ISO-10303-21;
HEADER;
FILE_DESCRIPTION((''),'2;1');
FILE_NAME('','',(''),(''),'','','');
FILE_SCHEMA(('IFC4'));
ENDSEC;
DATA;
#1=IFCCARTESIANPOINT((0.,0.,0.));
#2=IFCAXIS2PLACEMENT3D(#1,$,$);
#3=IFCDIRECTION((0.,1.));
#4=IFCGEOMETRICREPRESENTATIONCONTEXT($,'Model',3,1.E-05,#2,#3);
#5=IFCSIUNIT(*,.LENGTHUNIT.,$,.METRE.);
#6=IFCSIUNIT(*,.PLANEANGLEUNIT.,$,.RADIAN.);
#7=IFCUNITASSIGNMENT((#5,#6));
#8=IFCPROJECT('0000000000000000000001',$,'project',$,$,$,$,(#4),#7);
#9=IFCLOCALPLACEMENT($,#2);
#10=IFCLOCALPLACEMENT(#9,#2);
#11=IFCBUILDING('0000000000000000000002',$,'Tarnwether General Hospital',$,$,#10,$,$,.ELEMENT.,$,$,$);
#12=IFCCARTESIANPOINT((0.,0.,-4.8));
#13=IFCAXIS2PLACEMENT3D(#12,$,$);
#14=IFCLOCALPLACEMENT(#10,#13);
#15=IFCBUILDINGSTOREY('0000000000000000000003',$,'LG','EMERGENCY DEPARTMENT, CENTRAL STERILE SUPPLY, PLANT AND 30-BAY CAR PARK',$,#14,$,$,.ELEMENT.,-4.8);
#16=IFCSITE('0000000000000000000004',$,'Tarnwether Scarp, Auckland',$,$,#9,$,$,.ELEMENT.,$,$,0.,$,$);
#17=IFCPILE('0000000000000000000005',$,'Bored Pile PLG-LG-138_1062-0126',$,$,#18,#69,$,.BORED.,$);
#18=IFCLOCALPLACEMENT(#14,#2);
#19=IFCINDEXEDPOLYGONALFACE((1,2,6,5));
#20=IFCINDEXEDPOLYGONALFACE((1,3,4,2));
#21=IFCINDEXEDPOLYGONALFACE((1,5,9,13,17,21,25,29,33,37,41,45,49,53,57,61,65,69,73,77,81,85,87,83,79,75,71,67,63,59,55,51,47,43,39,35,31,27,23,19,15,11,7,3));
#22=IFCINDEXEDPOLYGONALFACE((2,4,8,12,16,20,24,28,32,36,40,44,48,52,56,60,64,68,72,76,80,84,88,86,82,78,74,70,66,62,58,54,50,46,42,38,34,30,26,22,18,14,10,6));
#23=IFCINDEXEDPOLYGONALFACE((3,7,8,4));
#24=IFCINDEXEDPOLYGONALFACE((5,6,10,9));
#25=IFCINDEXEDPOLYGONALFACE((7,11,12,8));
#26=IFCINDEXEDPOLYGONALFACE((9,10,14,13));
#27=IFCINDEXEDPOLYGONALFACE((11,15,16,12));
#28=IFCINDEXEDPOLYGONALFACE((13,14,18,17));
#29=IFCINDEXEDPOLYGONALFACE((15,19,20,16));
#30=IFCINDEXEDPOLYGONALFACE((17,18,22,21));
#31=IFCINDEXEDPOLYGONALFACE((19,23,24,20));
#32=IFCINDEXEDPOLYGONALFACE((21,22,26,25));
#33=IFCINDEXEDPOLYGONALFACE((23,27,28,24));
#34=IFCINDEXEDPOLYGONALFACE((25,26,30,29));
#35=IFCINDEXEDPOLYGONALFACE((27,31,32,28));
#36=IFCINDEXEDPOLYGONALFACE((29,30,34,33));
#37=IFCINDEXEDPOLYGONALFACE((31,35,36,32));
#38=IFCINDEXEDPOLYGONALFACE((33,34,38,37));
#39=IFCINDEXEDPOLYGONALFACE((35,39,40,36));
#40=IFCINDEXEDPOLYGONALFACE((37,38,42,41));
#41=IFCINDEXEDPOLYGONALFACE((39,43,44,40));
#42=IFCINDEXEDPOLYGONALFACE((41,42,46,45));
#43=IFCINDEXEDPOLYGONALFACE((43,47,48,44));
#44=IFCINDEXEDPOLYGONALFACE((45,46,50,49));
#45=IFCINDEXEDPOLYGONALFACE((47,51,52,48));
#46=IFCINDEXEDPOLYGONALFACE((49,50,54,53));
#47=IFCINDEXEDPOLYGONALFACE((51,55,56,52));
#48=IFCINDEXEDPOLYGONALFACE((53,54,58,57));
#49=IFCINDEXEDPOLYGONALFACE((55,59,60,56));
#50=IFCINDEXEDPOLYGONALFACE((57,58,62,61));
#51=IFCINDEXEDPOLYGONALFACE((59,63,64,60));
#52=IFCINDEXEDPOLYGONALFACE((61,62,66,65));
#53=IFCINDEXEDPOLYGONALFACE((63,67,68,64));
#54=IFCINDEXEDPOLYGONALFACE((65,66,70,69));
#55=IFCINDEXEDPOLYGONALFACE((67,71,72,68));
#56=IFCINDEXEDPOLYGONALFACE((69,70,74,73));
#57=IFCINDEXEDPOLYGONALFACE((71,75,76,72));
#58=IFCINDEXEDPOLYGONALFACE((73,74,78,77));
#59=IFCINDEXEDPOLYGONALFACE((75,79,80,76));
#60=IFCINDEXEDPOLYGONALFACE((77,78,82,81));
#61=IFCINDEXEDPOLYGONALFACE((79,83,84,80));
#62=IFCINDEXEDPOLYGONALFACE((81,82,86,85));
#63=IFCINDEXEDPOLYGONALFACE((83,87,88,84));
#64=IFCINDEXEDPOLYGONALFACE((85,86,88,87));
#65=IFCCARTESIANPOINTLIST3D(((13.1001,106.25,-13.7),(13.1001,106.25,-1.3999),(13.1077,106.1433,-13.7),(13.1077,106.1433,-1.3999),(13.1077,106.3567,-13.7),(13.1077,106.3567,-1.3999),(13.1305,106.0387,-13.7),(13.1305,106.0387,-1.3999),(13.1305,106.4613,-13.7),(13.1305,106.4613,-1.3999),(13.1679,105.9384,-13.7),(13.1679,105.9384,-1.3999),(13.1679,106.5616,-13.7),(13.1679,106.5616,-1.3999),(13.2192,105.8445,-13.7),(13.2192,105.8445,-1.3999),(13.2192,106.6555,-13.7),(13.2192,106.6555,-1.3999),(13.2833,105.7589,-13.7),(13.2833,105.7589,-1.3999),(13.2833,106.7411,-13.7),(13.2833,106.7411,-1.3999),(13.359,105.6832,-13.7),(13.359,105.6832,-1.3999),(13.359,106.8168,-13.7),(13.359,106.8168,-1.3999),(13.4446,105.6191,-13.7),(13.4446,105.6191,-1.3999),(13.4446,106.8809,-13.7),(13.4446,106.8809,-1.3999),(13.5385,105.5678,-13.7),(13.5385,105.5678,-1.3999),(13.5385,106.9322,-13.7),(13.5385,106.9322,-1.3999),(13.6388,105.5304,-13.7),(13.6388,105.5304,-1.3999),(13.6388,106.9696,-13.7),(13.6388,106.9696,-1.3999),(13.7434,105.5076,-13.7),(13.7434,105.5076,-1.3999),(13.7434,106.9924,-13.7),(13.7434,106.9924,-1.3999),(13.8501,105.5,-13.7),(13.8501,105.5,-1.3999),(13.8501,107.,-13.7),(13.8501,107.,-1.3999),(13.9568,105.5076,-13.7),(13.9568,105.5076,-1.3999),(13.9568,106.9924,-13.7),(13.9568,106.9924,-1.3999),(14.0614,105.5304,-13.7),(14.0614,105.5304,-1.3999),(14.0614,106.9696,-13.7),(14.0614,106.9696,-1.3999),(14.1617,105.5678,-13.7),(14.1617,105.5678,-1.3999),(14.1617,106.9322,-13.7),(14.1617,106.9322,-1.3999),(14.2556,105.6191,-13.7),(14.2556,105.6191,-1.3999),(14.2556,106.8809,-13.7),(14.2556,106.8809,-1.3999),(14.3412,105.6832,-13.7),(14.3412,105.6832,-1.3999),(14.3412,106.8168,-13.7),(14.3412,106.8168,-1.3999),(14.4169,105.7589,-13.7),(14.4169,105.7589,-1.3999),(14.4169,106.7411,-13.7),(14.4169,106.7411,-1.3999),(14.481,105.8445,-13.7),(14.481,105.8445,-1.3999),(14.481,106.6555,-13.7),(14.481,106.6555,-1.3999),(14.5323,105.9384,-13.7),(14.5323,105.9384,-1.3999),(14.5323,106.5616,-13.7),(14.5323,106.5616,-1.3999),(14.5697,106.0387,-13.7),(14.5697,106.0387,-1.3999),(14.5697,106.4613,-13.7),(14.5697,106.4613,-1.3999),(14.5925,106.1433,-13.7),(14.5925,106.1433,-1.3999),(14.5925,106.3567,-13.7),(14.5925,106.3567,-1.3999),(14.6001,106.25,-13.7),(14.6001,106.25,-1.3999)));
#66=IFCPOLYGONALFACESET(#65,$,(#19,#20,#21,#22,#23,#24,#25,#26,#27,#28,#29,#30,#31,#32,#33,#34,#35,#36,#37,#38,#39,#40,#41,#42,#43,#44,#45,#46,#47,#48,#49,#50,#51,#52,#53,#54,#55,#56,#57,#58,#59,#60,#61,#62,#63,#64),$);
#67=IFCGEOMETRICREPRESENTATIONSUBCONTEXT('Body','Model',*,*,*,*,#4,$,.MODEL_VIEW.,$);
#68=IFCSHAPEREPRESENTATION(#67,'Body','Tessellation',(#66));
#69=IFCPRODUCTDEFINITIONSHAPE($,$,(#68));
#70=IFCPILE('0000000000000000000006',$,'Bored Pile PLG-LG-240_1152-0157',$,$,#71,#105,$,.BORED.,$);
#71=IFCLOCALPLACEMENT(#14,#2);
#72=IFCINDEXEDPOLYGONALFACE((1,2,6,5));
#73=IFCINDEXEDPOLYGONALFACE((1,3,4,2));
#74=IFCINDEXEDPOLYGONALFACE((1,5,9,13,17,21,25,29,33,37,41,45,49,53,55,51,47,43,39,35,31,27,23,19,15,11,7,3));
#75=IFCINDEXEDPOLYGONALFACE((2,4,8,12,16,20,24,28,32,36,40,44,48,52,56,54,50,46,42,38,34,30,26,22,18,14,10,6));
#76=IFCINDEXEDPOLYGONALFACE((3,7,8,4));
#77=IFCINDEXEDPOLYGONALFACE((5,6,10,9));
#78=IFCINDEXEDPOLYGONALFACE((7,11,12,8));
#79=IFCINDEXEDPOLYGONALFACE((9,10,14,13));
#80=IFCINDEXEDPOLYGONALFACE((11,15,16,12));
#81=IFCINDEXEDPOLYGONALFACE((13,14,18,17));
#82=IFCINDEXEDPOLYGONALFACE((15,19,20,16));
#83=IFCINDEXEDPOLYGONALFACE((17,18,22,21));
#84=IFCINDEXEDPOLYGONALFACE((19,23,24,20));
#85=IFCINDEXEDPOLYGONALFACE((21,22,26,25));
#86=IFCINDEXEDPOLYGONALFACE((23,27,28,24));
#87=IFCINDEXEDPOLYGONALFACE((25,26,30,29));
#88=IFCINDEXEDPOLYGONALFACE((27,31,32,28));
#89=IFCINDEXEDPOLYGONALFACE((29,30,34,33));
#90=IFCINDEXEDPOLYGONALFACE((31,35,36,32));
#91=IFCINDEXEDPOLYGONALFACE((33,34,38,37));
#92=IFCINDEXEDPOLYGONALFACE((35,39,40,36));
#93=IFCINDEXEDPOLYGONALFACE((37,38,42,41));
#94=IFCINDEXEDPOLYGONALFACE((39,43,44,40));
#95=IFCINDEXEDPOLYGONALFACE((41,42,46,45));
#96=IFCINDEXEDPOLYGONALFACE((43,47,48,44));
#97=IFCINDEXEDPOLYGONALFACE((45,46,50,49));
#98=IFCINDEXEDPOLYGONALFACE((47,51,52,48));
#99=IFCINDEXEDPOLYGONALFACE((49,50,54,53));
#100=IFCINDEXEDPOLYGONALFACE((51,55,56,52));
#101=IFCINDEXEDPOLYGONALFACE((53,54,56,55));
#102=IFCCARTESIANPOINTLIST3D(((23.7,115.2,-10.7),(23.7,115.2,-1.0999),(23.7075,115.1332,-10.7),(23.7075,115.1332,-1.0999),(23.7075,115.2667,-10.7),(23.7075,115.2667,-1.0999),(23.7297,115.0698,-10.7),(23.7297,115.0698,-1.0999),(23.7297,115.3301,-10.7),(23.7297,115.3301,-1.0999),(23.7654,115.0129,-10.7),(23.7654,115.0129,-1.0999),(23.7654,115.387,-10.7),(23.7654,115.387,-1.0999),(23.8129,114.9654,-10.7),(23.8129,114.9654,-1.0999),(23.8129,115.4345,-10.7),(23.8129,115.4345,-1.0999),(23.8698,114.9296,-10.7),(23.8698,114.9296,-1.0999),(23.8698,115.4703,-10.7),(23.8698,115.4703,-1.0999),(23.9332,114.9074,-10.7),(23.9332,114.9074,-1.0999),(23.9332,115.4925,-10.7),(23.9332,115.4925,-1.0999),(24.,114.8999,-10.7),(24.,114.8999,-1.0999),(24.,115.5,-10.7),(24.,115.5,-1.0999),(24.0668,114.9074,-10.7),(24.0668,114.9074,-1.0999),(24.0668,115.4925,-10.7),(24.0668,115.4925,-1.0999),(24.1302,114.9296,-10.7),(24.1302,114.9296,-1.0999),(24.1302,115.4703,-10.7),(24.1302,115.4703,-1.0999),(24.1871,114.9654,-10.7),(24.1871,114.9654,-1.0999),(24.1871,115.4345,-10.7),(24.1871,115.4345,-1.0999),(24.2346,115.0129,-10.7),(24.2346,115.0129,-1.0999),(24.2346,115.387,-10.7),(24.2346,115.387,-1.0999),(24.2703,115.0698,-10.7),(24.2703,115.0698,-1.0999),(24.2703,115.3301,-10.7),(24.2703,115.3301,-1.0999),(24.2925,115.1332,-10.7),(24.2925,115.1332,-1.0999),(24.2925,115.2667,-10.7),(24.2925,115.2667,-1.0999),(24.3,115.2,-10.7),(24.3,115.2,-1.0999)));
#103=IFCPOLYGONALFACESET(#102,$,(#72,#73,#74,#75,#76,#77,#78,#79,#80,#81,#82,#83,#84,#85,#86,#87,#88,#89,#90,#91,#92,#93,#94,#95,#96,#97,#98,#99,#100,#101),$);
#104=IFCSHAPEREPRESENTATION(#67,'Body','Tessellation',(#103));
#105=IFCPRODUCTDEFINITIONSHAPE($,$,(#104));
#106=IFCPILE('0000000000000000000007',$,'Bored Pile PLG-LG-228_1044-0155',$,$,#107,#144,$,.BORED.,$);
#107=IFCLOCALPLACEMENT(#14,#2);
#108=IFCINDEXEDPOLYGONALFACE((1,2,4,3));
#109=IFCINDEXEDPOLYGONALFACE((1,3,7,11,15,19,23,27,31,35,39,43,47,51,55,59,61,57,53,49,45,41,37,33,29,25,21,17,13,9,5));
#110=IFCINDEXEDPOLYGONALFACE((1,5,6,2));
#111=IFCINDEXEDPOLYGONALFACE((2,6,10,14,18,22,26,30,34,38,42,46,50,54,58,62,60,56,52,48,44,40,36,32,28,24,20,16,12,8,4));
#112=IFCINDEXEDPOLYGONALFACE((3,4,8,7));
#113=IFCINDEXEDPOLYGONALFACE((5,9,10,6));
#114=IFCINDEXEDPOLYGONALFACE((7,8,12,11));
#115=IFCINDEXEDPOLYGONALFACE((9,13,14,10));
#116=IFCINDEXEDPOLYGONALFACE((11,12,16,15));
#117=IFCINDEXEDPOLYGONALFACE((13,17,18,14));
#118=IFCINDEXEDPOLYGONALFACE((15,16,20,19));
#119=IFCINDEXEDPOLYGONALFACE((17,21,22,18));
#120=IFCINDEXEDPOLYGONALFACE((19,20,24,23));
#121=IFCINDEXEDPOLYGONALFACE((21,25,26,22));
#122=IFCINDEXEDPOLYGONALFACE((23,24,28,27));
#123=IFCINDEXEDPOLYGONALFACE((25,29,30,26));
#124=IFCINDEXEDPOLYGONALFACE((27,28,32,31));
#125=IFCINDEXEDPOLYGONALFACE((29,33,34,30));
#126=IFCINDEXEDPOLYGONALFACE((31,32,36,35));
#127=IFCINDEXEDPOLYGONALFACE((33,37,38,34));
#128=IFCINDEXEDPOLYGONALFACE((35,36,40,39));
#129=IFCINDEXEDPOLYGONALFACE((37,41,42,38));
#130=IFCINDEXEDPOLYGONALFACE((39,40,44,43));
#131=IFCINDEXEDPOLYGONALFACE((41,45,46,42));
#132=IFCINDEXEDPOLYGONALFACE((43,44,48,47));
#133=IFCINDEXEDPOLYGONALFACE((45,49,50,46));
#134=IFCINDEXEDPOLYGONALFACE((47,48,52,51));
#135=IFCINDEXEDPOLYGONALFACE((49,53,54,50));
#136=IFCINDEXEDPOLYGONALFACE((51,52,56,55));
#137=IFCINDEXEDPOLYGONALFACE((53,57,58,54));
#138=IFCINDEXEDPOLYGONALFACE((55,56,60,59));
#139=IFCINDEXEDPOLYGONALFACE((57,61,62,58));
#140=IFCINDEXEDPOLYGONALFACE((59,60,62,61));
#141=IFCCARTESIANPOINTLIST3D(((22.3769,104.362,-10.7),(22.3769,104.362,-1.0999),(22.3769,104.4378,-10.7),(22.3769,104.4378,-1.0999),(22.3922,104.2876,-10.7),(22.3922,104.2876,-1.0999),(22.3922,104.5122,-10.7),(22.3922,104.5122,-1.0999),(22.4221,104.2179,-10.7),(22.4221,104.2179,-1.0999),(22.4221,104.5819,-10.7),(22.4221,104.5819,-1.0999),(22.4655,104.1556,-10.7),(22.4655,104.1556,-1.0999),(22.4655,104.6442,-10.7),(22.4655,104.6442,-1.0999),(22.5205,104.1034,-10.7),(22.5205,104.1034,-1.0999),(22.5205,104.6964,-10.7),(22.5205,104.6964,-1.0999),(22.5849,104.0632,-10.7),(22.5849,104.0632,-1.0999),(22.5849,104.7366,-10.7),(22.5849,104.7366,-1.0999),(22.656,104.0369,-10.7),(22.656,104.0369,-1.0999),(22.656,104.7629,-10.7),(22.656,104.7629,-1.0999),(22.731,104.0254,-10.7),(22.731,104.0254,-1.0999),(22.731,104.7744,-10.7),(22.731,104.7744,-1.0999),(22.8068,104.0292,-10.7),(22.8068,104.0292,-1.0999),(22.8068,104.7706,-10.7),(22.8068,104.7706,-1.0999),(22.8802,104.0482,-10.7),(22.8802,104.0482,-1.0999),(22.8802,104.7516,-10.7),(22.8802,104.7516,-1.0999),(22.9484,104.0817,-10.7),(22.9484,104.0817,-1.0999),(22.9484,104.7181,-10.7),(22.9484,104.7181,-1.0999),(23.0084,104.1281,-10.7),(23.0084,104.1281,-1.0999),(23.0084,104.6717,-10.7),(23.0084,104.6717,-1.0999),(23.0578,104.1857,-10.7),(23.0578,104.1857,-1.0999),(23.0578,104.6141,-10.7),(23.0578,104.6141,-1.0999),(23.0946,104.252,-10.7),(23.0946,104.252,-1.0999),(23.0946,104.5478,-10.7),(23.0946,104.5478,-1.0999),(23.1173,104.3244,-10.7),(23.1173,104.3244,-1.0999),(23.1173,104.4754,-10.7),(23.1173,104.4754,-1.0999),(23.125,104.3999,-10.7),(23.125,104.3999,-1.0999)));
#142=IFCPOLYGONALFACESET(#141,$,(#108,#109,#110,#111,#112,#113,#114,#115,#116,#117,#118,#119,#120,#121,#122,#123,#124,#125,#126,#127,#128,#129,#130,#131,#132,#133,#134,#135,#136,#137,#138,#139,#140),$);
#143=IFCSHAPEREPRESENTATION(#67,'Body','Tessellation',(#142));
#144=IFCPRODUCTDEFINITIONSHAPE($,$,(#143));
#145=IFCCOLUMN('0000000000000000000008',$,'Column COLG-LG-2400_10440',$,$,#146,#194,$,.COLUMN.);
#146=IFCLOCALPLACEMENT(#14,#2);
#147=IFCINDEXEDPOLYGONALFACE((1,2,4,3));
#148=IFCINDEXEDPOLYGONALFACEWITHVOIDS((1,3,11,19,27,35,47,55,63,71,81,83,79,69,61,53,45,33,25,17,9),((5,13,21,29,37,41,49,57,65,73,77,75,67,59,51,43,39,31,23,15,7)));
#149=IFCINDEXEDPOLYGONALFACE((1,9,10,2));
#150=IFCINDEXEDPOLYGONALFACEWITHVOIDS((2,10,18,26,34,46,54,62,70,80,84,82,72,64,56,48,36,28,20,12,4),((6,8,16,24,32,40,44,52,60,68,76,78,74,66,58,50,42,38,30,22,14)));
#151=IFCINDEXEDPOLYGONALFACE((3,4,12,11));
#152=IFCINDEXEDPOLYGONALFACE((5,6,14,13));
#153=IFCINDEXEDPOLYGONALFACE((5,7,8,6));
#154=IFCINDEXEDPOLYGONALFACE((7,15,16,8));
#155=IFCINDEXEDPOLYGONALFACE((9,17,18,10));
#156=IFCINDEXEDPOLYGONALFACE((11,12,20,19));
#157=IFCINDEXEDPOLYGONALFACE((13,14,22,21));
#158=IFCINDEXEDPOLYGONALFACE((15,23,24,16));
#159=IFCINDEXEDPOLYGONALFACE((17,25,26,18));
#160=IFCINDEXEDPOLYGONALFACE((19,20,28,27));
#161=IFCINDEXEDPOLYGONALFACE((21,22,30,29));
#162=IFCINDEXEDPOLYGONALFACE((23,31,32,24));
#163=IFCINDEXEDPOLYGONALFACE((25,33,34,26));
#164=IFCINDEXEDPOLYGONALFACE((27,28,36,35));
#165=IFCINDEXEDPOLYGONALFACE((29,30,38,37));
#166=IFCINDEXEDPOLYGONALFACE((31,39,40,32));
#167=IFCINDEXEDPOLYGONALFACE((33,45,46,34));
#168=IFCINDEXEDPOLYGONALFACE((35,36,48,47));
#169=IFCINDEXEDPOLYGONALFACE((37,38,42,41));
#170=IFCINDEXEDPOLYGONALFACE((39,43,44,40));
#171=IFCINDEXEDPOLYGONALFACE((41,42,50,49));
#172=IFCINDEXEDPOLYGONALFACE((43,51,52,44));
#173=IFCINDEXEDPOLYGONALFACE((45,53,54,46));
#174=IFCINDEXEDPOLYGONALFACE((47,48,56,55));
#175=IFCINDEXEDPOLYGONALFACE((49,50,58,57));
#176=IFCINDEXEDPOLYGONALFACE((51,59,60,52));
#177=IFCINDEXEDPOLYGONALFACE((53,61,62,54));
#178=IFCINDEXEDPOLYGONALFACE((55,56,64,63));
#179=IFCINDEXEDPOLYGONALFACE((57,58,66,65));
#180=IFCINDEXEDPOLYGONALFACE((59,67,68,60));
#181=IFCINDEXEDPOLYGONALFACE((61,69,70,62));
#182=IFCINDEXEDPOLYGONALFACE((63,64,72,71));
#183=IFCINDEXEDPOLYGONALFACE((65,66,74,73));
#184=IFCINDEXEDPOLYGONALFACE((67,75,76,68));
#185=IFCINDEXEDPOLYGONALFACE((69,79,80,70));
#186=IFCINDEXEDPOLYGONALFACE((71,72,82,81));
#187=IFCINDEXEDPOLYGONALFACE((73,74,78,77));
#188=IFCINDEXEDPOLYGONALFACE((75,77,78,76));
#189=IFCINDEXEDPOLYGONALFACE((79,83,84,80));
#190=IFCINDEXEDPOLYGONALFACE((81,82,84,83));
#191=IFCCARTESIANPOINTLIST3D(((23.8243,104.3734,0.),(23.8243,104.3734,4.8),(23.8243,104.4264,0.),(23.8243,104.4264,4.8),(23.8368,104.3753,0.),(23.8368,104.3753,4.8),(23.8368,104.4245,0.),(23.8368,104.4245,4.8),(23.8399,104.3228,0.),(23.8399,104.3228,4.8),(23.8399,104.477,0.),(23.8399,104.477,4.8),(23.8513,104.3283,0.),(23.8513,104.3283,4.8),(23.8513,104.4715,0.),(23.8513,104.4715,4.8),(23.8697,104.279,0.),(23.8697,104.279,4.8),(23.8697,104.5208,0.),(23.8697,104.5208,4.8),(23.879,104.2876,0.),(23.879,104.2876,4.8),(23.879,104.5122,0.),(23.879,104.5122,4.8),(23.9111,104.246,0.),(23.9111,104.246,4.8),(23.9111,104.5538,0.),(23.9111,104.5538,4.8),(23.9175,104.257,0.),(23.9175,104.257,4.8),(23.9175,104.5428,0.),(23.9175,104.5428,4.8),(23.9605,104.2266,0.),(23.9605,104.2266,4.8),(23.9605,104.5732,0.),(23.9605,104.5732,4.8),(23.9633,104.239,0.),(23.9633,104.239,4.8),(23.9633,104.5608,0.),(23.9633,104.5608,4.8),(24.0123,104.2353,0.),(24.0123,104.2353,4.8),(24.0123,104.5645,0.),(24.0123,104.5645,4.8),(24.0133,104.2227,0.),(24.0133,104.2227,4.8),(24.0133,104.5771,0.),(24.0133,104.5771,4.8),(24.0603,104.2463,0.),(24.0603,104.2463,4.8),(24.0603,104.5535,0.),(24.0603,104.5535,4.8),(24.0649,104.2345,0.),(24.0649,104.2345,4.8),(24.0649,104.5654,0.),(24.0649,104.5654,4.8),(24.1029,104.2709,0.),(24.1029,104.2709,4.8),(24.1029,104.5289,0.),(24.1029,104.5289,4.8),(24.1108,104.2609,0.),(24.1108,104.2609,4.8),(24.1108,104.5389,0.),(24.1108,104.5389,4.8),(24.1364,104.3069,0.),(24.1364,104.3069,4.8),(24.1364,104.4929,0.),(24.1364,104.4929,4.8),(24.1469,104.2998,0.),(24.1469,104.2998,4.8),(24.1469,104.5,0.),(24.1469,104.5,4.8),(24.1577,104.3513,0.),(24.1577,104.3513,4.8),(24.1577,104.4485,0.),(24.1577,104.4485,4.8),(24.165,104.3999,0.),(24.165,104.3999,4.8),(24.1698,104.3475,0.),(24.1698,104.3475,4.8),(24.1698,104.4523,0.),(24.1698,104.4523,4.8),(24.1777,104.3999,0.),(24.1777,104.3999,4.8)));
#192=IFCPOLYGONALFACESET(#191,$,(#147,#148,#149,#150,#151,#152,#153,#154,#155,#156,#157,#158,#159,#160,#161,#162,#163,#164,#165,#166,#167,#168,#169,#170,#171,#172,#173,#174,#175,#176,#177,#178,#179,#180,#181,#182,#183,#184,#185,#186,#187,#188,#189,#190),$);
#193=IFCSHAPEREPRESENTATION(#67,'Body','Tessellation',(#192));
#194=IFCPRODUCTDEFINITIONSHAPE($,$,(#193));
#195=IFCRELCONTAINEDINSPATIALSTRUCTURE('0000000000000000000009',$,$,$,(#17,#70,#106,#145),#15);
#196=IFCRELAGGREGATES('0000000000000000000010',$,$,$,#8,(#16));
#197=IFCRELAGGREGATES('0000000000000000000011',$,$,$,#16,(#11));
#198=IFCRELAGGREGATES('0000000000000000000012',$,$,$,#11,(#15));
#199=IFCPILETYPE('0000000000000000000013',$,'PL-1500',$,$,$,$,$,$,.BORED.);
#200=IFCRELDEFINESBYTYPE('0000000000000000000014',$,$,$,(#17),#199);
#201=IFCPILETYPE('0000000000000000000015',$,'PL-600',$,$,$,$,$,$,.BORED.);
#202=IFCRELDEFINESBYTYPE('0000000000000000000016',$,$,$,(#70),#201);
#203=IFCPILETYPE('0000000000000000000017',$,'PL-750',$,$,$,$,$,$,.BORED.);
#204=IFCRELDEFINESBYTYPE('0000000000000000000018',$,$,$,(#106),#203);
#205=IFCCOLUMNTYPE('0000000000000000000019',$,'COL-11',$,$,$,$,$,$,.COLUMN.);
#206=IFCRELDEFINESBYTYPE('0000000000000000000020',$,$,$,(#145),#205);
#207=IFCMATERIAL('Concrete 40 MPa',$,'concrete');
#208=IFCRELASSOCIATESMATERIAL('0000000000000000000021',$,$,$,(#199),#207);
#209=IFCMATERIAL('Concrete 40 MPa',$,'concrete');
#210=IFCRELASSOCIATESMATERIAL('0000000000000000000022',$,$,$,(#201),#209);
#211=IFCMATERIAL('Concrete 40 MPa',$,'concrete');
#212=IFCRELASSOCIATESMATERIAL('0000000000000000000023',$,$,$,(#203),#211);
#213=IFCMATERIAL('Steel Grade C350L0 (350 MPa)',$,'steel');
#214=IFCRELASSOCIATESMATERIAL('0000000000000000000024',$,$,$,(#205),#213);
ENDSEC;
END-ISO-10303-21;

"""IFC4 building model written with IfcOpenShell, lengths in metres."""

from ifc_helpers import new_model, si_unit, direction, frame, origin, origin_2d, place, context, subcontext, project, spatial, circle, hollow_circle, extrude, material, material_profile, profile_set, type_object, element, save


model = new_model("IFC4")

# Units and contexts
model_context = context("Model", 3, precision=1e-05, world=origin(), true_north=direction((0.0, 1.0)))
body_context = subcontext(model_context, "Body", "Model", "MODEL_VIEW")
ifc_project = project(units=[si_unit("LENGTHUNIT", "METRE"), si_unit("PLANEANGLEUNIT", "RADIAN")], contexts=[model_context])

# Site, building, storey
site_placement = place(None, origin())
site = spatial("IfcSite", under=ifc_project, at=site_placement, Name="Tarnwether Scarp, Auckland", CompositionType="ELEMENT", RefElevation=0.0)
building_placement = place(site_placement, origin())
building = spatial("IfcBuilding", under=site, at=building_placement, Name="Tarnwether General Hospital", CompositionType="ELEMENT")
storey_placement = place(building_placement, frame((0.0, 0.0, -4.8)))
storey = spatial("IfcBuildingStorey", under=building, at=storey_placement, Name="LG", Description="EMERGENCY DEPARTMENT, CENTRAL STERILE SUPPLY, PLANT AND 30-BAY CAR PARK", CompositionType="ELEMENT", Elevation=-4.8)

# Piles
ifc_material_1 = material(Name="Concrete 40 MPa", Category="concrete")
ifc_material_profile_1 = material_profile(ifc_material_1, circle(Radius=0.75, at=origin_2d()), Name="PILE-D1500")
ifc_profile_set_1 = profile_set([ifc_material_profile_1], Name="Concrete 40 MPa")
pile_type_1 = type_object("IfcPileType", Name="PL-1500", PredefinedType="BORED", material=ifc_profile_set_1)
for number, where, z_axis, x_axis, name in (
    (1, (13.8501, 106.25, -1.3999), (0.0, 0.0, -1.0), (1.0, 0.0, 0.0), "Bored Pile PLG-LG-138_1062-0126"),
):
    element("IfcPile", number, at=place(storey_placement, frame(where, z_axis=z_axis, x_axis=x_axis)), inside=storey, type_object=pile_type_1, Name=name, PredefinedType="BORED", context=body_context, shape_type="SweptSolid", body=[
        extrude(circle(Radius=0.75, at=origin_2d()), origin(), (0.0, 0.0, 1.0), 12.3),
    ])
ifc_material_2 = material(Name="Concrete 40 MPa", Category="concrete")
ifc_material_profile_2 = material_profile(ifc_material_2, circle(Radius=0.3, at=origin_2d()), Name="PILE-D600")
ifc_profile_set_2 = profile_set([ifc_material_profile_2], Name="Concrete 40 MPa")
pile_type_2 = type_object("IfcPileType", Name="PL-600", PredefinedType="BORED", material=ifc_profile_set_2)
pile_1_placement = place(storey_placement, frame((24.0, 115.2, -1.0999), z_axis=(0.0, 0.0, -1.0), x_axis=(1.0, 0.0, 0.0)))
element("IfcPile", 2, at=pile_1_placement, inside=storey, type_object=pile_type_2, Name="Bored Pile PLG-LG-240_1152-0157", PredefinedType="BORED", context=body_context, shape_type="SweptSolid", body=[
    extrude(circle(Radius=0.3, at=origin_2d()), origin(), (0.0, 0.0, 1.0), 9.6001),
])
ifc_material_3 = material(Name="Concrete 40 MPa", Category="concrete")
ifc_material_profile_3 = material_profile(ifc_material_3, circle(Radius=0.375, at=origin_2d()), Name="PILE-D750")
ifc_profile_set_3 = profile_set([ifc_material_profile_3], Name="Concrete 40 MPa")
pile_type_3 = type_object("IfcPileType", Name="PL-750", PredefinedType="BORED", material=ifc_profile_set_3)
pile_2_placement = place(storey_placement, frame((22.75, 104.3999, -1.0999), z_axis=(0.0, 0.0, -1.0), x_axis=(1.0, 0.0, 0.0)))
element("IfcPile", 3, at=pile_2_placement, inside=storey, type_object=pile_type_3, Name="Bored Pile PLG-LG-228_1044-0155", PredefinedType="BORED", context=body_context, shape_type="SweptSolid", body=[
    extrude(circle(Radius=0.375, at=origin_2d()), origin(), (0.0, 0.0, 1.0), 9.6001),
])

# Column
ifc_material_4 = material(Name="Steel Grade C350L0 (350 MPa)", Category="steel")
ifc_material_profile_4 = material_profile(ifc_material_4, hollow_circle(Radius=0.1777, WallThickness=0.0127, at=origin_2d()), Name="CHS355.6x12.7")
ifc_profile_set_4 = profile_set([ifc_material_profile_4], Name="Steel Grade C350L0 (350 MPa)")
column_type_1 = type_object("IfcColumnType", Name="COL-11", PredefinedType="COLUMN", material=ifc_profile_set_4)
column_1_placement = place(storey_placement, frame((24.0, 104.3999, 0.0), z_axis=(0.0, 0.0, 1.0), x_axis=(1.0, 0.0, 0.0)))
element("IfcColumn", 4, at=column_1_placement, inside=storey, type_object=column_type_1, Name="Column COLG-LG-2400_10440", PredefinedType="COLUMN", context=body_context, shape_type="SweptSolid", body=[
    extrude(hollow_circle(Radius=0.1777, WallThickness=0.0127, at=origin_2d()), origin(), (0.0, 0.0, 1.0), 4.8),
])

save(model, "model.ifc")
